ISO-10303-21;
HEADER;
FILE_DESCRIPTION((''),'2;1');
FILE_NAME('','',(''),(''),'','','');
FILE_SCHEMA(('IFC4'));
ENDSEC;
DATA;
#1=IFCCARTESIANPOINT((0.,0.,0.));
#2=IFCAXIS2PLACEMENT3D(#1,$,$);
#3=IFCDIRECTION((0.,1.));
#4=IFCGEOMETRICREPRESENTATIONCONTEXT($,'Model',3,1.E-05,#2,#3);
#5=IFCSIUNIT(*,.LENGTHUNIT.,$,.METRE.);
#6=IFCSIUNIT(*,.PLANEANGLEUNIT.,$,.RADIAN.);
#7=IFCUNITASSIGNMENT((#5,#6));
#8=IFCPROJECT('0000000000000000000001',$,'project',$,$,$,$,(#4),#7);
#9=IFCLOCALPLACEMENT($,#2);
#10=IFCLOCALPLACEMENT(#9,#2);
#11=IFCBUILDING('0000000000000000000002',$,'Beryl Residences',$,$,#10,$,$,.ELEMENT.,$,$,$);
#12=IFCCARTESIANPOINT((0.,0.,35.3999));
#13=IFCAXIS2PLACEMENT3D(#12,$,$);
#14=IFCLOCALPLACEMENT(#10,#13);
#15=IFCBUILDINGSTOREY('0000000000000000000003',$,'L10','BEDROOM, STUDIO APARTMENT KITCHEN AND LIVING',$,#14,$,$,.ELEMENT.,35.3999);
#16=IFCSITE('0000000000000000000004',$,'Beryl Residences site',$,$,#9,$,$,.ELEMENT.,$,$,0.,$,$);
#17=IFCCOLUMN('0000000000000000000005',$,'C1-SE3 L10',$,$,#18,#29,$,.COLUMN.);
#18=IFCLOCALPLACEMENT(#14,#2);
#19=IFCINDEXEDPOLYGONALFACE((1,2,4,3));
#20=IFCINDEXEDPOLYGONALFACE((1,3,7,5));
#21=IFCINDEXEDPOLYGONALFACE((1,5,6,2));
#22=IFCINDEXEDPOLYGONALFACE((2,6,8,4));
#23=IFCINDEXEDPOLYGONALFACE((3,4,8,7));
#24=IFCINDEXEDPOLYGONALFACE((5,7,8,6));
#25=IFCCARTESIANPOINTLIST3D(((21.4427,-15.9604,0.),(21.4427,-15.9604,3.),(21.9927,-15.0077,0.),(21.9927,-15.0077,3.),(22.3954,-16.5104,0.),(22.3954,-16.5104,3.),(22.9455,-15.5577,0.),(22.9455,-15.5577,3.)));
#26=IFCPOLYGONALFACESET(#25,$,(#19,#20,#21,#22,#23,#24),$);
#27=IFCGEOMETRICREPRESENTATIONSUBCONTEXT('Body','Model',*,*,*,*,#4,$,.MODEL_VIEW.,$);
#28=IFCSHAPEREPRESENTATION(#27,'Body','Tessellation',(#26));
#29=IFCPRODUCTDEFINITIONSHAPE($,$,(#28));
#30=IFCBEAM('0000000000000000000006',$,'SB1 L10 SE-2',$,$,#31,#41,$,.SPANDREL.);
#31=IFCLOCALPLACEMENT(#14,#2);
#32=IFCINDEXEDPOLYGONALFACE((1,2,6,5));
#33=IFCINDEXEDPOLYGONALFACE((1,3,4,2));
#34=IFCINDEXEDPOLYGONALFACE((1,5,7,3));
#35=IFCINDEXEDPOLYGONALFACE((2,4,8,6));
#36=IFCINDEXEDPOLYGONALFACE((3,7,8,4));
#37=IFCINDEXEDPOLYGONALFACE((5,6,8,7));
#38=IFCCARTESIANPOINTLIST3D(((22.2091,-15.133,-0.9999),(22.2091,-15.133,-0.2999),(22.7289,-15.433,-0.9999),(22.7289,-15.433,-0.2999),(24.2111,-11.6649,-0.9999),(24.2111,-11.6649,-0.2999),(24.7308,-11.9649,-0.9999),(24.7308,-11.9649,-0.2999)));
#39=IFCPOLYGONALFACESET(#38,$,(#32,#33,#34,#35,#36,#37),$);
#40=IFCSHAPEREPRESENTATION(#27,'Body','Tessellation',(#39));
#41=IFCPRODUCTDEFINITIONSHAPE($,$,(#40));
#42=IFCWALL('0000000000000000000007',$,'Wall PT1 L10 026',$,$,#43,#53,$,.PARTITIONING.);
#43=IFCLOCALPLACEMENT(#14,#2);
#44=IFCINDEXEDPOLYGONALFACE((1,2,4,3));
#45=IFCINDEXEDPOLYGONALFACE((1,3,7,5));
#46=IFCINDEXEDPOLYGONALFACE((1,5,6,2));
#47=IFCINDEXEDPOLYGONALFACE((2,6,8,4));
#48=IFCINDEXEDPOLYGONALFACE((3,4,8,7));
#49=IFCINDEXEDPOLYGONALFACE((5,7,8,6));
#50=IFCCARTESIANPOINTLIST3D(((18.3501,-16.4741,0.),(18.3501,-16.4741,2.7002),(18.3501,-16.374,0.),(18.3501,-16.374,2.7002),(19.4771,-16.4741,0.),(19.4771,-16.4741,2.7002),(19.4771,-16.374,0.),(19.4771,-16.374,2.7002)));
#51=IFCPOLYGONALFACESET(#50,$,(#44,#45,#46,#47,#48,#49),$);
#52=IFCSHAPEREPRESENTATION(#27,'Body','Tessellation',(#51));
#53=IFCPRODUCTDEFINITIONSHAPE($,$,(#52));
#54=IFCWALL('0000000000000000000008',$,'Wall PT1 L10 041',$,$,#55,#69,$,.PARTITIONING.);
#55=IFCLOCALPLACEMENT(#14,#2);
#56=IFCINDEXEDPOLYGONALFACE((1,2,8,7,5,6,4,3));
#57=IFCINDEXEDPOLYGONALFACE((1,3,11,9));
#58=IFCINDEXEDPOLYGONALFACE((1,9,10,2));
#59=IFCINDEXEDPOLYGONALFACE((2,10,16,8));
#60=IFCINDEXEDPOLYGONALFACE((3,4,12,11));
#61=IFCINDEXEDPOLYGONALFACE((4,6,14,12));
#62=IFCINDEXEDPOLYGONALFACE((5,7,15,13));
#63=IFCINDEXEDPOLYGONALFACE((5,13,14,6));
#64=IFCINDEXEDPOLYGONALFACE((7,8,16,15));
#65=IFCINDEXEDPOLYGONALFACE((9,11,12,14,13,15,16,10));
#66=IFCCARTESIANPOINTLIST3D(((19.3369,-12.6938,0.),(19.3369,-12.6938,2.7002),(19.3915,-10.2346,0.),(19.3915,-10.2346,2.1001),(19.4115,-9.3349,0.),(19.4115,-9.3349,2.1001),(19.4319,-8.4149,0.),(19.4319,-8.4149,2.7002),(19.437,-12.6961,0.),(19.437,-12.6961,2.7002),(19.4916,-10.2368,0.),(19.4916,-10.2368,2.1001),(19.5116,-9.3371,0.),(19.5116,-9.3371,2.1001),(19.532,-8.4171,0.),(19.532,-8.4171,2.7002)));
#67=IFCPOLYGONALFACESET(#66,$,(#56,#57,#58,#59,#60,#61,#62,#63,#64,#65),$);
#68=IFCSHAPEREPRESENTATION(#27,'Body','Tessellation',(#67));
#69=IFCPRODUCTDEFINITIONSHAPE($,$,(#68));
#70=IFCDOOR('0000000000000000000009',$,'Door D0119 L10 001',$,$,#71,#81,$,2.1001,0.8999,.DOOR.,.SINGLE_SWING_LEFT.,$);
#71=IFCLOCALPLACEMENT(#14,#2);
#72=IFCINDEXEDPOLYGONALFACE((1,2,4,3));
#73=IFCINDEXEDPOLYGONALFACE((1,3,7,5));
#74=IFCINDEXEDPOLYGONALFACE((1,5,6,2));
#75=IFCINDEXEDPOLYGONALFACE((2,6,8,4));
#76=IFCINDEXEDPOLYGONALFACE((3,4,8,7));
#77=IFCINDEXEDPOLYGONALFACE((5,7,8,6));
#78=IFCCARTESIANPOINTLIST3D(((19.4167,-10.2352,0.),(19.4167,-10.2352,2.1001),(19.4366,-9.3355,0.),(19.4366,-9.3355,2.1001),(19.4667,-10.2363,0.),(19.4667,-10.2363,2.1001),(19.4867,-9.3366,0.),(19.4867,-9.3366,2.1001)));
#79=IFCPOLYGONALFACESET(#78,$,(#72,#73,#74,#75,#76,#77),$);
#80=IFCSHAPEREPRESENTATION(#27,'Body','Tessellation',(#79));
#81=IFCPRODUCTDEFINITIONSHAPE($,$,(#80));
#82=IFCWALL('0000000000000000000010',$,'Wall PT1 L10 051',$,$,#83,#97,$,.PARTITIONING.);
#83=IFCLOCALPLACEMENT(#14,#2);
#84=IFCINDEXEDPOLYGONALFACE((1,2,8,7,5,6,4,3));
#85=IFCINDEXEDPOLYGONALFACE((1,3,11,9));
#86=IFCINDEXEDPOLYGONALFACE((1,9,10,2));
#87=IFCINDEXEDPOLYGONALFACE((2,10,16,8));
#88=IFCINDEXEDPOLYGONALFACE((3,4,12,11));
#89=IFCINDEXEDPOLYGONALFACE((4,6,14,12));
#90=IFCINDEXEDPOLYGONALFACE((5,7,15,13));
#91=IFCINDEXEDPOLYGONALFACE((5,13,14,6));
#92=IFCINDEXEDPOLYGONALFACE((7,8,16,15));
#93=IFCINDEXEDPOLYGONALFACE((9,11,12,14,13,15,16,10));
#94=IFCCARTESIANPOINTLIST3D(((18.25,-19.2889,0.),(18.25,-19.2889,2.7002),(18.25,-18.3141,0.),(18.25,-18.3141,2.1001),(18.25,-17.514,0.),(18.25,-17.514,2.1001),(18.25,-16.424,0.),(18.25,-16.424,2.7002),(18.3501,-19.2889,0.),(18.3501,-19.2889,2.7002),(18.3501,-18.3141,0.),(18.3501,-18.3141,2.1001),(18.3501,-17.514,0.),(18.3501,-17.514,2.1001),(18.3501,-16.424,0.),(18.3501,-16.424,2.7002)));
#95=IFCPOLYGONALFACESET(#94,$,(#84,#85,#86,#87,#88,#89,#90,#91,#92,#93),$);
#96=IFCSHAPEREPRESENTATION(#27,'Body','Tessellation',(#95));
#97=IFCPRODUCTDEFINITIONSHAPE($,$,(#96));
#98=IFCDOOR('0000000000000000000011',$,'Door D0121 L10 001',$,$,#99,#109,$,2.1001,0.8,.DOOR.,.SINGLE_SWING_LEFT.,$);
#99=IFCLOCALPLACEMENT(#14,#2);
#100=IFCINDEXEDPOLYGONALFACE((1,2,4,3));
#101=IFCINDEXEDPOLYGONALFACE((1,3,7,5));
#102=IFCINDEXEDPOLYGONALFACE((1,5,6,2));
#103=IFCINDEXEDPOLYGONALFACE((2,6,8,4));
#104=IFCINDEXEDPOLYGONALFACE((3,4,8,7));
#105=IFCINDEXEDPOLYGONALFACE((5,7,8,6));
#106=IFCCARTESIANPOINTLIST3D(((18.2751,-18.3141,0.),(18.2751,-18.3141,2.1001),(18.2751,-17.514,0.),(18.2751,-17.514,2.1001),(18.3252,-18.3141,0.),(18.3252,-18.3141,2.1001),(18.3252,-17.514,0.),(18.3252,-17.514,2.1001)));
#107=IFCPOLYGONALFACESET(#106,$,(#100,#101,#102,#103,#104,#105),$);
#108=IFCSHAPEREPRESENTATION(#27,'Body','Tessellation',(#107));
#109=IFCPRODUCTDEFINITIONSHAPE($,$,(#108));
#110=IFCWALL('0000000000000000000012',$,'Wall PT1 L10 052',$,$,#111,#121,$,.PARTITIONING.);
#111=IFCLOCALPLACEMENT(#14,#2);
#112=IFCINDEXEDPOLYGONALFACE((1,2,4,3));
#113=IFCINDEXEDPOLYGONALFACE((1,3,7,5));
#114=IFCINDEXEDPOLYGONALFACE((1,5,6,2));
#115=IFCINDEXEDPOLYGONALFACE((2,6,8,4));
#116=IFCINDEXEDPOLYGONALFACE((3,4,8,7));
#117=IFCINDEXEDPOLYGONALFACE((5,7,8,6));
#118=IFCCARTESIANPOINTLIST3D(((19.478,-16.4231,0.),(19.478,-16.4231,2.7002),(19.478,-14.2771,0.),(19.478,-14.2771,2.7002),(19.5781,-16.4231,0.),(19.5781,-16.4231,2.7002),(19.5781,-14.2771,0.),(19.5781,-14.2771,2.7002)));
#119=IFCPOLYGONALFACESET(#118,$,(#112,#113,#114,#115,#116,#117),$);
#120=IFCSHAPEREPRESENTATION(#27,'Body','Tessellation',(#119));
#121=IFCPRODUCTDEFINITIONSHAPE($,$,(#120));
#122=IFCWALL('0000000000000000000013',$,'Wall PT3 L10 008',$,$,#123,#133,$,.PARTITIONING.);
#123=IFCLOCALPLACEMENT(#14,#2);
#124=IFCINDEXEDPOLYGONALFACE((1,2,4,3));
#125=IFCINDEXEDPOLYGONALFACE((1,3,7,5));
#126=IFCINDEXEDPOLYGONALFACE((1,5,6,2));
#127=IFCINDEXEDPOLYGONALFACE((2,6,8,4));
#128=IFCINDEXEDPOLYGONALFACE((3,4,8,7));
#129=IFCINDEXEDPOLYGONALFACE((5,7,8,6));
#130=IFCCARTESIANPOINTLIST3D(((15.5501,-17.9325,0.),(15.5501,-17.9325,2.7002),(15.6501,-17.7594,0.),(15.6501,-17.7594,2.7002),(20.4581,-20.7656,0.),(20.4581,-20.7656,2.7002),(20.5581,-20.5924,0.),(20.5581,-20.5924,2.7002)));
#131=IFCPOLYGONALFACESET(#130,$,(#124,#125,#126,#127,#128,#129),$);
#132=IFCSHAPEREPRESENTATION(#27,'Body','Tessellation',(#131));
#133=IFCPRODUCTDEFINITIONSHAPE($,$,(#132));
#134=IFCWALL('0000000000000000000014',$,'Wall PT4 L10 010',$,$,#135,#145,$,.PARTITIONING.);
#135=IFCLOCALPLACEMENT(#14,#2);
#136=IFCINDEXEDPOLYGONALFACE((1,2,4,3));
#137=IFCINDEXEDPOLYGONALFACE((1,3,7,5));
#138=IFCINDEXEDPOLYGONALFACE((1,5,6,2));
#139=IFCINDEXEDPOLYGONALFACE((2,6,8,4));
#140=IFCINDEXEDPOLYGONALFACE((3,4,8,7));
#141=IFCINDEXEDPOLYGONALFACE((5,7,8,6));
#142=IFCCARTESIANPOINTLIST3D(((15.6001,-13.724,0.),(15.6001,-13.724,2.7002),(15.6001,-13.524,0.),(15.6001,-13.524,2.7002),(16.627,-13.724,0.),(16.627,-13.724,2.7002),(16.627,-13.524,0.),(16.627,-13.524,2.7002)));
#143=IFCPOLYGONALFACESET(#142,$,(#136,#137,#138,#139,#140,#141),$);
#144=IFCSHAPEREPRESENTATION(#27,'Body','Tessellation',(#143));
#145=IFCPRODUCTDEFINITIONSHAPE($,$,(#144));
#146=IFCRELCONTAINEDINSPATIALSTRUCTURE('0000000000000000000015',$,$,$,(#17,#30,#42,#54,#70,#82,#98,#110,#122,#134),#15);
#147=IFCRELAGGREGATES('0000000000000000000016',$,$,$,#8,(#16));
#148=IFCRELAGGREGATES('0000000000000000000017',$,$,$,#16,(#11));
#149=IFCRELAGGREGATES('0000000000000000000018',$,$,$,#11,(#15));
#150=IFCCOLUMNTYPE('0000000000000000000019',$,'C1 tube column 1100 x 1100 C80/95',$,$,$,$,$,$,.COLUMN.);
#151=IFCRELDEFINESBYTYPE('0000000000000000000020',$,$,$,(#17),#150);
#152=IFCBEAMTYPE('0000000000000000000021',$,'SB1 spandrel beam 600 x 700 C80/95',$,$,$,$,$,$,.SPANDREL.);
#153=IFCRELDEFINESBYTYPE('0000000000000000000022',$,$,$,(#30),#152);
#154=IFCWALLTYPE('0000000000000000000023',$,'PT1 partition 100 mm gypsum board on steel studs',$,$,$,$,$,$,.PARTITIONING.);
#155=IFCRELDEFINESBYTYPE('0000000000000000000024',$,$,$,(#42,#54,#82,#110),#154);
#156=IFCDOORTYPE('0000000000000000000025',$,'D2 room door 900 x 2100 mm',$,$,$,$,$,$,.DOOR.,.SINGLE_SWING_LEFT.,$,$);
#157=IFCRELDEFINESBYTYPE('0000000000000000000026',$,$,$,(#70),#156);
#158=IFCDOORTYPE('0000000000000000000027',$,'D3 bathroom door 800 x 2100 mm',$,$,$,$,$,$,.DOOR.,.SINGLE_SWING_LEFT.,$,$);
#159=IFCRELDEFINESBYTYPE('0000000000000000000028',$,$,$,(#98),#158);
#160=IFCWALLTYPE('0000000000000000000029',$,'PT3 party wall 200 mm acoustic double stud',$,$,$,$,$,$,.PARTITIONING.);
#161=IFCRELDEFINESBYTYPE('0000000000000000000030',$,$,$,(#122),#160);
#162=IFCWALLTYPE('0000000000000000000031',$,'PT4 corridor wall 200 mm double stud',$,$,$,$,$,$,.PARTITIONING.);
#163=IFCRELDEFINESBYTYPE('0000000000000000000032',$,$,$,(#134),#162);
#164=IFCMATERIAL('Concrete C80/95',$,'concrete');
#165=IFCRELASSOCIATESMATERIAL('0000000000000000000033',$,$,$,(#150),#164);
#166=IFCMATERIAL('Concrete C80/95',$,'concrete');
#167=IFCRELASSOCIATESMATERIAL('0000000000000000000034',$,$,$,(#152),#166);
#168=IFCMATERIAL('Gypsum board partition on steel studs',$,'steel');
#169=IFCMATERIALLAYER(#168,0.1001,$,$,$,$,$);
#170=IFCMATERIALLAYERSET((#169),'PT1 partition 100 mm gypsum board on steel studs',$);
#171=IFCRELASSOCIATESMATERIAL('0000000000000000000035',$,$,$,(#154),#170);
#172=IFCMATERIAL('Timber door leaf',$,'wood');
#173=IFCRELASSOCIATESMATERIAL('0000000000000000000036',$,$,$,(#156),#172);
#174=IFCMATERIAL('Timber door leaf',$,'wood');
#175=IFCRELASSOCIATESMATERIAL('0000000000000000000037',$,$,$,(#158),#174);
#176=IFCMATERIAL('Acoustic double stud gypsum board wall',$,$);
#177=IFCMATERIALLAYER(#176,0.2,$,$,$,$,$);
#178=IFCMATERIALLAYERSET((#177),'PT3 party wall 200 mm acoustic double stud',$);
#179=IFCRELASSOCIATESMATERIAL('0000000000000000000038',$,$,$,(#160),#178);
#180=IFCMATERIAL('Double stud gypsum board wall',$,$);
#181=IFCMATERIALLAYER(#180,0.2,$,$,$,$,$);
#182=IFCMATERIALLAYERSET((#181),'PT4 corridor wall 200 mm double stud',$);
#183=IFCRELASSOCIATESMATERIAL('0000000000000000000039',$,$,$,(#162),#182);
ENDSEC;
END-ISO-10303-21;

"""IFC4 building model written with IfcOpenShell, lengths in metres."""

from ifc_helpers import new_model, si_unit, direction, frame, frame_2d, origin, origin_2d, place, context, subcontext, project, spatial, rectangle, extrude, material, layer, layer_set, material_profile, profile_set, type_object, element, fill, save


model = new_model("IFC4")

# Units and contexts
model_context = context("Model", 3, precision=1e-05, world=origin(), true_north=direction((0.0, 1.0)))
body_context = subcontext(model_context, "Body", "Model", "MODEL_VIEW")
ifc_project = project(units=[si_unit("LENGTHUNIT", "METRE"), si_unit("PLANEANGLEUNIT", "RADIAN")], contexts=[model_context])

# Site, building, storey
site_placement = place(None, origin())
site = spatial("IfcSite", under=ifc_project, at=site_placement, Name="Beryl Residences site", CompositionType="ELEMENT", RefElevation=0.0)
building_placement = place(site_placement, origin())
building = spatial("IfcBuilding", under=site, at=building_placement, Name="Beryl Residences", CompositionType="ELEMENT")
storey_placement = place(building_placement, frame((0.0, 0.0, 35.3999)))
storey = spatial("IfcBuildingStorey", under=building, at=storey_placement, Name="L10", Description="BEDROOM, STUDIO APARTMENT KITCHEN AND LIVING", CompositionType="ELEMENT", Elevation=35.3999)

# Column
ifc_material_1 = material(Name="Concrete C80/95", Category="concrete")
ifc_material_profile_1 = material_profile(ifc_material_1, rectangle(XDim=1.1001, YDim=1.1001, at=origin_2d()))
ifc_profile_set_1 = profile_set([ifc_material_profile_1], Name="Concrete C80/95")
column_type = type_object("IfcColumnType", Name="C1 tube column 1100 x 1100 C80/95", PredefinedType="COLUMN", material=ifc_profile_set_1)
column_placement = place(storey_placement, frame((22.1941, -15.759, 0.0), z_axis=(0.0, 0.0, 1.0), x_axis=(0.499985, 0.866034, 0.0)))
element("IfcColumn", 1, at=column_placement, inside=storey, type_object=column_type, Name="C1-SE3 L10", PredefinedType="COLUMN", context=body_context, shape_type="SweptSolid", body=[
    extrude(rectangle(XDim=1.1001, YDim=1.1001, at=origin_2d()), origin(), (0.0, 0.0, 1.0), 3.0),
])

# Beam
ifc_material_2 = material(Name="Concrete C80/95", Category="concrete")
ifc_material_profile_2 = material_profile(ifc_material_2, rectangle(XDim=0.6001, YDim=0.7, at=origin_2d()))
ifc_profile_set_2 = profile_set([ifc_material_profile_2], Name="Concrete C80/95")
beam_type = type_object("IfcBeamType", Name="SB1 spandrel beam 600 x 700 C80/95", PredefinedType="SPANDREL", material=ifc_profile_set_2)
beam_placement = place(storey_placement, frame((22.469, -15.283, -0.6499), z_axis=(0.499942, 0.866059, 0.0), x_axis=(-0.866059, 0.499942, 0.0)))
element("IfcBeam", 2, at=beam_placement, inside=storey, type_object=beam_type, Name="SB1 L10 SE-2", PredefinedType="SPANDREL", context=body_context, shape_type="SweptSolid", body=[
    extrude(rectangle(XDim=0.6001, YDim=0.7, at=origin_2d()), origin(), (0.0, 0.0, 1.0), 4.0044),
])

# Wall
ifc_material_3 = material(Name="Gypsum board partition on steel studs", Category="steel")
ifc_layer_1 = layer(ifc_material_3, 0.1001)
ifc_layer_set_1 = layer_set([ifc_layer_1], Name="PT1 partition 100 mm gypsum board on steel studs")
wall_type_1 = type_object("IfcWallType", Name="PT1 partition 100 mm gypsum board on steel studs", PredefinedType="PARTITIONING", material=ifc_layer_set_1)
wall_1_placement = place(storey_placement, frame((18.3501, -16.4241, 0.0), z_axis=(0.0, 0.0, 1.0), x_axis=(1.0, 0.0, 0.0)))
element("IfcWall", 3, at=wall_1_placement, inside=storey, type_object=wall_type_1, Name="Wall PT1 L10 026", PredefinedType="PARTITIONING", context=body_context, shape_type="SweptSolid", body=[
    extrude(rectangle(XDim=1.127, YDim=0.1001, at=frame_2d((0.5635, 0.0))), origin(), (0.0, 0.0, 1.0), 2.7002),
])

# Walls, openings, doors
wall_2_placement = place(storey_placement, frame((19.387, -12.6951, 0.0), z_axis=(0.0, 0.0, 1.0), x_axis=(0.022189, 0.999754, 0.0)))
wall_2 = element("IfcWall", 4, at=wall_2_placement, inside=storey, type_object=wall_type_1, Name="Wall PT1 L10 041", PredefinedType="PARTITIONING", context=body_context, shape_type="SweptSolid", body=[
    extrude(rectangle(XDim=4.28, YDim=0.1001, at=frame_2d((2.1401, 0.0))), origin(), (0.0, 0.0, 1.0), 2.7002),
])
opening_1_placement = place(wall_2_placement, frame((2.46, 0.0, 0.0)))
opening_1 = element("IfcOpeningElement", 5, at=opening_1_placement, cuts=wall_2, PredefinedType="OPENING", context=body_context, shape_type="SweptSolid", body=[
    extrude(rectangle(XDim=0.8999, YDim=2.1001, at=frame_2d((0.45, 1.05))), frame((0.0, 0.0601, 0.0), z_axis=(0.0, -1.0, 0.0), x_axis=(1.0, 0.0, 0.0)), (0.0, 0.0, 1.0), 0.1201),
])
ifc_material_4 = material(Name="Timber door leaf", Category="wood")
door_type_1 = type_object("IfcDoorType", Name="D2 room door 900 x 2100 mm", OperationType="SINGLE_SWING_LEFT", PredefinedType="DOOR", material=ifc_material_4)
door_1_placement = place(opening_1_placement, origin())
door_1 = element("IfcDoor", 6, at=door_1_placement, inside=storey, type_object=door_type_1, Name="Door D0119 L10 001", OperationType="SINGLE_SWING_LEFT", OverallHeight=2.1001, OverallWidth=0.8999, PredefinedType="DOOR", context=body_context, shape_type="SweptSolid", body=[
    extrude(rectangle(XDim=0.8999, YDim=2.1001, at=frame_2d((0.45, 1.05))), frame((0.0, 0.0249, 0.0), z_axis=(0.0, -1.0, 0.0), x_axis=(1.0, 0.0, 0.0)), (0.0, 0.0, 1.0), 0.05),
])
fill(opening_1, door_1)
wall_3_placement = place(storey_placement, frame((18.3, -19.2891, 0.0), z_axis=(0.0, 0.0, 1.0), x_axis=(0.0, 1.0, 0.0)))
wall_3 = element("IfcWall", 7, at=wall_3_placement, inside=storey, type_object=wall_type_1, Name="Wall PT1 L10 051", PredefinedType="PARTITIONING", context=body_context, shape_type="SweptSolid", body=[
    extrude(rectangle(XDim=2.865, YDim=0.1001, at=frame_2d((1.4326, 0.0))), origin(), (0.0, 0.0, 1.0), 2.7002),
])
opening_2_placement = place(wall_3_placement, frame((0.9751, 0.0, 0.0)))
opening_2 = element("IfcOpeningElement", 8, at=opening_2_placement, cuts=wall_3, PredefinedType="OPENING", context=body_context, shape_type="SweptSolid", body=[
    extrude(rectangle(XDim=0.8, YDim=2.1001, at=frame_2d((0.3999, 1.05))), frame((0.0, 0.0601, 0.0), z_axis=(0.0, -1.0, 0.0), x_axis=(1.0, 0.0, 0.0)), (0.0, 0.0, 1.0), 0.1201),
])
ifc_material_5 = material(Name="Timber door leaf", Category="wood")
door_type_2 = type_object("IfcDoorType", Name="D3 bathroom door 800 x 2100 mm", OperationType="SINGLE_SWING_LEFT", PredefinedType="DOOR", material=ifc_material_5)
door_2_placement = place(opening_2_placement, origin())
door_2 = element("IfcDoor", 9, at=door_2_placement, inside=storey, type_object=door_type_2, Name="Door D0121 L10 001", OperationType="SINGLE_SWING_LEFT", OverallHeight=2.1001, OverallWidth=0.8, PredefinedType="DOOR", context=body_context, shape_type="SweptSolid", body=[
    extrude(rectangle(XDim=0.8, YDim=2.1001, at=frame_2d((0.3999, 1.05))), frame((0.0, 0.0249, 0.0), z_axis=(0.0, -1.0, 0.0), x_axis=(1.0, 0.0, 0.0)), (0.0, 0.0, 1.0), 0.05),
])
fill(opening_2, door_2)

# Walls
wall_4_placement = place(storey_placement, frame((19.5281, -16.4231, 0.0), z_axis=(0.0, 0.0, 1.0), x_axis=(0.0, 1.0, 0.0)))
element("IfcWall", 10, at=wall_4_placement, inside=storey, type_object=wall_type_1, Name="Wall PT1 L10 052", PredefinedType="PARTITIONING", context=body_context, shape_type="SweptSolid", body=[
    extrude(rectangle(XDim=2.146, YDim=0.1001, at=frame_2d((1.073, 0.0))), origin(), (0.0, 0.0, 1.0), 2.7002),
])
ifc_material_6 = material(Name="Acoustic double stud gypsum board wall")
ifc_layer_2 = layer(ifc_material_6, 0.2)
ifc_layer_set_2 = layer_set([ifc_layer_2], Name="PT3 party wall 200 mm acoustic double stud")
wall_type_2 = type_object("IfcWallType", Name="PT3 party wall 200 mm acoustic double stud", PredefinedType="PARTITIONING", material=ifc_layer_set_2)
wall_5_placement = place(storey_placement, frame((15.6001, -17.8459, 0.0), z_axis=(0.0, 0.0, 1.0), x_axis=(0.866072, -0.49992, 0.0)))
element("IfcWall", 11, at=wall_5_placement, inside=storey, type_object=wall_type_2, Name="Wall PT3 L10 008", PredefinedType="PARTITIONING", context=body_context, shape_type="SweptSolid", body=[
    extrude(rectangle(XDim=5.667, YDim=0.2, at=frame_2d((2.8335, 0.0))), origin(), (0.0, 0.0, 1.0), 2.7002),
])
ifc_material_7 = material(Name="Double stud gypsum board wall")
ifc_layer_3 = layer(ifc_material_7, 0.2)
ifc_layer_set_3 = layer_set([ifc_layer_3], Name="PT4 corridor wall 200 mm double stud")
wall_type_3 = type_object("IfcWallType", Name="PT4 corridor wall 200 mm double stud", PredefinedType="PARTITIONING", material=ifc_layer_set_3)
wall_6_placement = place(storey_placement, frame((15.6001, -13.624, 0.0), z_axis=(0.0, 0.0, 1.0), x_axis=(1.0, 0.0, 0.0)))
element("IfcWall", 12, at=wall_6_placement, inside=storey, type_object=wall_type_3, Name="Wall PT4 L10 010", PredefinedType="PARTITIONING", context=body_context, shape_type="SweptSolid", body=[
    extrude(rectangle(XDim=1.0269, YDim=0.2, at=frame_2d((0.5134, 0.0))), origin(), (0.0, 0.0, 1.0), 2.7002),
])

save(model, "model.ifc")
